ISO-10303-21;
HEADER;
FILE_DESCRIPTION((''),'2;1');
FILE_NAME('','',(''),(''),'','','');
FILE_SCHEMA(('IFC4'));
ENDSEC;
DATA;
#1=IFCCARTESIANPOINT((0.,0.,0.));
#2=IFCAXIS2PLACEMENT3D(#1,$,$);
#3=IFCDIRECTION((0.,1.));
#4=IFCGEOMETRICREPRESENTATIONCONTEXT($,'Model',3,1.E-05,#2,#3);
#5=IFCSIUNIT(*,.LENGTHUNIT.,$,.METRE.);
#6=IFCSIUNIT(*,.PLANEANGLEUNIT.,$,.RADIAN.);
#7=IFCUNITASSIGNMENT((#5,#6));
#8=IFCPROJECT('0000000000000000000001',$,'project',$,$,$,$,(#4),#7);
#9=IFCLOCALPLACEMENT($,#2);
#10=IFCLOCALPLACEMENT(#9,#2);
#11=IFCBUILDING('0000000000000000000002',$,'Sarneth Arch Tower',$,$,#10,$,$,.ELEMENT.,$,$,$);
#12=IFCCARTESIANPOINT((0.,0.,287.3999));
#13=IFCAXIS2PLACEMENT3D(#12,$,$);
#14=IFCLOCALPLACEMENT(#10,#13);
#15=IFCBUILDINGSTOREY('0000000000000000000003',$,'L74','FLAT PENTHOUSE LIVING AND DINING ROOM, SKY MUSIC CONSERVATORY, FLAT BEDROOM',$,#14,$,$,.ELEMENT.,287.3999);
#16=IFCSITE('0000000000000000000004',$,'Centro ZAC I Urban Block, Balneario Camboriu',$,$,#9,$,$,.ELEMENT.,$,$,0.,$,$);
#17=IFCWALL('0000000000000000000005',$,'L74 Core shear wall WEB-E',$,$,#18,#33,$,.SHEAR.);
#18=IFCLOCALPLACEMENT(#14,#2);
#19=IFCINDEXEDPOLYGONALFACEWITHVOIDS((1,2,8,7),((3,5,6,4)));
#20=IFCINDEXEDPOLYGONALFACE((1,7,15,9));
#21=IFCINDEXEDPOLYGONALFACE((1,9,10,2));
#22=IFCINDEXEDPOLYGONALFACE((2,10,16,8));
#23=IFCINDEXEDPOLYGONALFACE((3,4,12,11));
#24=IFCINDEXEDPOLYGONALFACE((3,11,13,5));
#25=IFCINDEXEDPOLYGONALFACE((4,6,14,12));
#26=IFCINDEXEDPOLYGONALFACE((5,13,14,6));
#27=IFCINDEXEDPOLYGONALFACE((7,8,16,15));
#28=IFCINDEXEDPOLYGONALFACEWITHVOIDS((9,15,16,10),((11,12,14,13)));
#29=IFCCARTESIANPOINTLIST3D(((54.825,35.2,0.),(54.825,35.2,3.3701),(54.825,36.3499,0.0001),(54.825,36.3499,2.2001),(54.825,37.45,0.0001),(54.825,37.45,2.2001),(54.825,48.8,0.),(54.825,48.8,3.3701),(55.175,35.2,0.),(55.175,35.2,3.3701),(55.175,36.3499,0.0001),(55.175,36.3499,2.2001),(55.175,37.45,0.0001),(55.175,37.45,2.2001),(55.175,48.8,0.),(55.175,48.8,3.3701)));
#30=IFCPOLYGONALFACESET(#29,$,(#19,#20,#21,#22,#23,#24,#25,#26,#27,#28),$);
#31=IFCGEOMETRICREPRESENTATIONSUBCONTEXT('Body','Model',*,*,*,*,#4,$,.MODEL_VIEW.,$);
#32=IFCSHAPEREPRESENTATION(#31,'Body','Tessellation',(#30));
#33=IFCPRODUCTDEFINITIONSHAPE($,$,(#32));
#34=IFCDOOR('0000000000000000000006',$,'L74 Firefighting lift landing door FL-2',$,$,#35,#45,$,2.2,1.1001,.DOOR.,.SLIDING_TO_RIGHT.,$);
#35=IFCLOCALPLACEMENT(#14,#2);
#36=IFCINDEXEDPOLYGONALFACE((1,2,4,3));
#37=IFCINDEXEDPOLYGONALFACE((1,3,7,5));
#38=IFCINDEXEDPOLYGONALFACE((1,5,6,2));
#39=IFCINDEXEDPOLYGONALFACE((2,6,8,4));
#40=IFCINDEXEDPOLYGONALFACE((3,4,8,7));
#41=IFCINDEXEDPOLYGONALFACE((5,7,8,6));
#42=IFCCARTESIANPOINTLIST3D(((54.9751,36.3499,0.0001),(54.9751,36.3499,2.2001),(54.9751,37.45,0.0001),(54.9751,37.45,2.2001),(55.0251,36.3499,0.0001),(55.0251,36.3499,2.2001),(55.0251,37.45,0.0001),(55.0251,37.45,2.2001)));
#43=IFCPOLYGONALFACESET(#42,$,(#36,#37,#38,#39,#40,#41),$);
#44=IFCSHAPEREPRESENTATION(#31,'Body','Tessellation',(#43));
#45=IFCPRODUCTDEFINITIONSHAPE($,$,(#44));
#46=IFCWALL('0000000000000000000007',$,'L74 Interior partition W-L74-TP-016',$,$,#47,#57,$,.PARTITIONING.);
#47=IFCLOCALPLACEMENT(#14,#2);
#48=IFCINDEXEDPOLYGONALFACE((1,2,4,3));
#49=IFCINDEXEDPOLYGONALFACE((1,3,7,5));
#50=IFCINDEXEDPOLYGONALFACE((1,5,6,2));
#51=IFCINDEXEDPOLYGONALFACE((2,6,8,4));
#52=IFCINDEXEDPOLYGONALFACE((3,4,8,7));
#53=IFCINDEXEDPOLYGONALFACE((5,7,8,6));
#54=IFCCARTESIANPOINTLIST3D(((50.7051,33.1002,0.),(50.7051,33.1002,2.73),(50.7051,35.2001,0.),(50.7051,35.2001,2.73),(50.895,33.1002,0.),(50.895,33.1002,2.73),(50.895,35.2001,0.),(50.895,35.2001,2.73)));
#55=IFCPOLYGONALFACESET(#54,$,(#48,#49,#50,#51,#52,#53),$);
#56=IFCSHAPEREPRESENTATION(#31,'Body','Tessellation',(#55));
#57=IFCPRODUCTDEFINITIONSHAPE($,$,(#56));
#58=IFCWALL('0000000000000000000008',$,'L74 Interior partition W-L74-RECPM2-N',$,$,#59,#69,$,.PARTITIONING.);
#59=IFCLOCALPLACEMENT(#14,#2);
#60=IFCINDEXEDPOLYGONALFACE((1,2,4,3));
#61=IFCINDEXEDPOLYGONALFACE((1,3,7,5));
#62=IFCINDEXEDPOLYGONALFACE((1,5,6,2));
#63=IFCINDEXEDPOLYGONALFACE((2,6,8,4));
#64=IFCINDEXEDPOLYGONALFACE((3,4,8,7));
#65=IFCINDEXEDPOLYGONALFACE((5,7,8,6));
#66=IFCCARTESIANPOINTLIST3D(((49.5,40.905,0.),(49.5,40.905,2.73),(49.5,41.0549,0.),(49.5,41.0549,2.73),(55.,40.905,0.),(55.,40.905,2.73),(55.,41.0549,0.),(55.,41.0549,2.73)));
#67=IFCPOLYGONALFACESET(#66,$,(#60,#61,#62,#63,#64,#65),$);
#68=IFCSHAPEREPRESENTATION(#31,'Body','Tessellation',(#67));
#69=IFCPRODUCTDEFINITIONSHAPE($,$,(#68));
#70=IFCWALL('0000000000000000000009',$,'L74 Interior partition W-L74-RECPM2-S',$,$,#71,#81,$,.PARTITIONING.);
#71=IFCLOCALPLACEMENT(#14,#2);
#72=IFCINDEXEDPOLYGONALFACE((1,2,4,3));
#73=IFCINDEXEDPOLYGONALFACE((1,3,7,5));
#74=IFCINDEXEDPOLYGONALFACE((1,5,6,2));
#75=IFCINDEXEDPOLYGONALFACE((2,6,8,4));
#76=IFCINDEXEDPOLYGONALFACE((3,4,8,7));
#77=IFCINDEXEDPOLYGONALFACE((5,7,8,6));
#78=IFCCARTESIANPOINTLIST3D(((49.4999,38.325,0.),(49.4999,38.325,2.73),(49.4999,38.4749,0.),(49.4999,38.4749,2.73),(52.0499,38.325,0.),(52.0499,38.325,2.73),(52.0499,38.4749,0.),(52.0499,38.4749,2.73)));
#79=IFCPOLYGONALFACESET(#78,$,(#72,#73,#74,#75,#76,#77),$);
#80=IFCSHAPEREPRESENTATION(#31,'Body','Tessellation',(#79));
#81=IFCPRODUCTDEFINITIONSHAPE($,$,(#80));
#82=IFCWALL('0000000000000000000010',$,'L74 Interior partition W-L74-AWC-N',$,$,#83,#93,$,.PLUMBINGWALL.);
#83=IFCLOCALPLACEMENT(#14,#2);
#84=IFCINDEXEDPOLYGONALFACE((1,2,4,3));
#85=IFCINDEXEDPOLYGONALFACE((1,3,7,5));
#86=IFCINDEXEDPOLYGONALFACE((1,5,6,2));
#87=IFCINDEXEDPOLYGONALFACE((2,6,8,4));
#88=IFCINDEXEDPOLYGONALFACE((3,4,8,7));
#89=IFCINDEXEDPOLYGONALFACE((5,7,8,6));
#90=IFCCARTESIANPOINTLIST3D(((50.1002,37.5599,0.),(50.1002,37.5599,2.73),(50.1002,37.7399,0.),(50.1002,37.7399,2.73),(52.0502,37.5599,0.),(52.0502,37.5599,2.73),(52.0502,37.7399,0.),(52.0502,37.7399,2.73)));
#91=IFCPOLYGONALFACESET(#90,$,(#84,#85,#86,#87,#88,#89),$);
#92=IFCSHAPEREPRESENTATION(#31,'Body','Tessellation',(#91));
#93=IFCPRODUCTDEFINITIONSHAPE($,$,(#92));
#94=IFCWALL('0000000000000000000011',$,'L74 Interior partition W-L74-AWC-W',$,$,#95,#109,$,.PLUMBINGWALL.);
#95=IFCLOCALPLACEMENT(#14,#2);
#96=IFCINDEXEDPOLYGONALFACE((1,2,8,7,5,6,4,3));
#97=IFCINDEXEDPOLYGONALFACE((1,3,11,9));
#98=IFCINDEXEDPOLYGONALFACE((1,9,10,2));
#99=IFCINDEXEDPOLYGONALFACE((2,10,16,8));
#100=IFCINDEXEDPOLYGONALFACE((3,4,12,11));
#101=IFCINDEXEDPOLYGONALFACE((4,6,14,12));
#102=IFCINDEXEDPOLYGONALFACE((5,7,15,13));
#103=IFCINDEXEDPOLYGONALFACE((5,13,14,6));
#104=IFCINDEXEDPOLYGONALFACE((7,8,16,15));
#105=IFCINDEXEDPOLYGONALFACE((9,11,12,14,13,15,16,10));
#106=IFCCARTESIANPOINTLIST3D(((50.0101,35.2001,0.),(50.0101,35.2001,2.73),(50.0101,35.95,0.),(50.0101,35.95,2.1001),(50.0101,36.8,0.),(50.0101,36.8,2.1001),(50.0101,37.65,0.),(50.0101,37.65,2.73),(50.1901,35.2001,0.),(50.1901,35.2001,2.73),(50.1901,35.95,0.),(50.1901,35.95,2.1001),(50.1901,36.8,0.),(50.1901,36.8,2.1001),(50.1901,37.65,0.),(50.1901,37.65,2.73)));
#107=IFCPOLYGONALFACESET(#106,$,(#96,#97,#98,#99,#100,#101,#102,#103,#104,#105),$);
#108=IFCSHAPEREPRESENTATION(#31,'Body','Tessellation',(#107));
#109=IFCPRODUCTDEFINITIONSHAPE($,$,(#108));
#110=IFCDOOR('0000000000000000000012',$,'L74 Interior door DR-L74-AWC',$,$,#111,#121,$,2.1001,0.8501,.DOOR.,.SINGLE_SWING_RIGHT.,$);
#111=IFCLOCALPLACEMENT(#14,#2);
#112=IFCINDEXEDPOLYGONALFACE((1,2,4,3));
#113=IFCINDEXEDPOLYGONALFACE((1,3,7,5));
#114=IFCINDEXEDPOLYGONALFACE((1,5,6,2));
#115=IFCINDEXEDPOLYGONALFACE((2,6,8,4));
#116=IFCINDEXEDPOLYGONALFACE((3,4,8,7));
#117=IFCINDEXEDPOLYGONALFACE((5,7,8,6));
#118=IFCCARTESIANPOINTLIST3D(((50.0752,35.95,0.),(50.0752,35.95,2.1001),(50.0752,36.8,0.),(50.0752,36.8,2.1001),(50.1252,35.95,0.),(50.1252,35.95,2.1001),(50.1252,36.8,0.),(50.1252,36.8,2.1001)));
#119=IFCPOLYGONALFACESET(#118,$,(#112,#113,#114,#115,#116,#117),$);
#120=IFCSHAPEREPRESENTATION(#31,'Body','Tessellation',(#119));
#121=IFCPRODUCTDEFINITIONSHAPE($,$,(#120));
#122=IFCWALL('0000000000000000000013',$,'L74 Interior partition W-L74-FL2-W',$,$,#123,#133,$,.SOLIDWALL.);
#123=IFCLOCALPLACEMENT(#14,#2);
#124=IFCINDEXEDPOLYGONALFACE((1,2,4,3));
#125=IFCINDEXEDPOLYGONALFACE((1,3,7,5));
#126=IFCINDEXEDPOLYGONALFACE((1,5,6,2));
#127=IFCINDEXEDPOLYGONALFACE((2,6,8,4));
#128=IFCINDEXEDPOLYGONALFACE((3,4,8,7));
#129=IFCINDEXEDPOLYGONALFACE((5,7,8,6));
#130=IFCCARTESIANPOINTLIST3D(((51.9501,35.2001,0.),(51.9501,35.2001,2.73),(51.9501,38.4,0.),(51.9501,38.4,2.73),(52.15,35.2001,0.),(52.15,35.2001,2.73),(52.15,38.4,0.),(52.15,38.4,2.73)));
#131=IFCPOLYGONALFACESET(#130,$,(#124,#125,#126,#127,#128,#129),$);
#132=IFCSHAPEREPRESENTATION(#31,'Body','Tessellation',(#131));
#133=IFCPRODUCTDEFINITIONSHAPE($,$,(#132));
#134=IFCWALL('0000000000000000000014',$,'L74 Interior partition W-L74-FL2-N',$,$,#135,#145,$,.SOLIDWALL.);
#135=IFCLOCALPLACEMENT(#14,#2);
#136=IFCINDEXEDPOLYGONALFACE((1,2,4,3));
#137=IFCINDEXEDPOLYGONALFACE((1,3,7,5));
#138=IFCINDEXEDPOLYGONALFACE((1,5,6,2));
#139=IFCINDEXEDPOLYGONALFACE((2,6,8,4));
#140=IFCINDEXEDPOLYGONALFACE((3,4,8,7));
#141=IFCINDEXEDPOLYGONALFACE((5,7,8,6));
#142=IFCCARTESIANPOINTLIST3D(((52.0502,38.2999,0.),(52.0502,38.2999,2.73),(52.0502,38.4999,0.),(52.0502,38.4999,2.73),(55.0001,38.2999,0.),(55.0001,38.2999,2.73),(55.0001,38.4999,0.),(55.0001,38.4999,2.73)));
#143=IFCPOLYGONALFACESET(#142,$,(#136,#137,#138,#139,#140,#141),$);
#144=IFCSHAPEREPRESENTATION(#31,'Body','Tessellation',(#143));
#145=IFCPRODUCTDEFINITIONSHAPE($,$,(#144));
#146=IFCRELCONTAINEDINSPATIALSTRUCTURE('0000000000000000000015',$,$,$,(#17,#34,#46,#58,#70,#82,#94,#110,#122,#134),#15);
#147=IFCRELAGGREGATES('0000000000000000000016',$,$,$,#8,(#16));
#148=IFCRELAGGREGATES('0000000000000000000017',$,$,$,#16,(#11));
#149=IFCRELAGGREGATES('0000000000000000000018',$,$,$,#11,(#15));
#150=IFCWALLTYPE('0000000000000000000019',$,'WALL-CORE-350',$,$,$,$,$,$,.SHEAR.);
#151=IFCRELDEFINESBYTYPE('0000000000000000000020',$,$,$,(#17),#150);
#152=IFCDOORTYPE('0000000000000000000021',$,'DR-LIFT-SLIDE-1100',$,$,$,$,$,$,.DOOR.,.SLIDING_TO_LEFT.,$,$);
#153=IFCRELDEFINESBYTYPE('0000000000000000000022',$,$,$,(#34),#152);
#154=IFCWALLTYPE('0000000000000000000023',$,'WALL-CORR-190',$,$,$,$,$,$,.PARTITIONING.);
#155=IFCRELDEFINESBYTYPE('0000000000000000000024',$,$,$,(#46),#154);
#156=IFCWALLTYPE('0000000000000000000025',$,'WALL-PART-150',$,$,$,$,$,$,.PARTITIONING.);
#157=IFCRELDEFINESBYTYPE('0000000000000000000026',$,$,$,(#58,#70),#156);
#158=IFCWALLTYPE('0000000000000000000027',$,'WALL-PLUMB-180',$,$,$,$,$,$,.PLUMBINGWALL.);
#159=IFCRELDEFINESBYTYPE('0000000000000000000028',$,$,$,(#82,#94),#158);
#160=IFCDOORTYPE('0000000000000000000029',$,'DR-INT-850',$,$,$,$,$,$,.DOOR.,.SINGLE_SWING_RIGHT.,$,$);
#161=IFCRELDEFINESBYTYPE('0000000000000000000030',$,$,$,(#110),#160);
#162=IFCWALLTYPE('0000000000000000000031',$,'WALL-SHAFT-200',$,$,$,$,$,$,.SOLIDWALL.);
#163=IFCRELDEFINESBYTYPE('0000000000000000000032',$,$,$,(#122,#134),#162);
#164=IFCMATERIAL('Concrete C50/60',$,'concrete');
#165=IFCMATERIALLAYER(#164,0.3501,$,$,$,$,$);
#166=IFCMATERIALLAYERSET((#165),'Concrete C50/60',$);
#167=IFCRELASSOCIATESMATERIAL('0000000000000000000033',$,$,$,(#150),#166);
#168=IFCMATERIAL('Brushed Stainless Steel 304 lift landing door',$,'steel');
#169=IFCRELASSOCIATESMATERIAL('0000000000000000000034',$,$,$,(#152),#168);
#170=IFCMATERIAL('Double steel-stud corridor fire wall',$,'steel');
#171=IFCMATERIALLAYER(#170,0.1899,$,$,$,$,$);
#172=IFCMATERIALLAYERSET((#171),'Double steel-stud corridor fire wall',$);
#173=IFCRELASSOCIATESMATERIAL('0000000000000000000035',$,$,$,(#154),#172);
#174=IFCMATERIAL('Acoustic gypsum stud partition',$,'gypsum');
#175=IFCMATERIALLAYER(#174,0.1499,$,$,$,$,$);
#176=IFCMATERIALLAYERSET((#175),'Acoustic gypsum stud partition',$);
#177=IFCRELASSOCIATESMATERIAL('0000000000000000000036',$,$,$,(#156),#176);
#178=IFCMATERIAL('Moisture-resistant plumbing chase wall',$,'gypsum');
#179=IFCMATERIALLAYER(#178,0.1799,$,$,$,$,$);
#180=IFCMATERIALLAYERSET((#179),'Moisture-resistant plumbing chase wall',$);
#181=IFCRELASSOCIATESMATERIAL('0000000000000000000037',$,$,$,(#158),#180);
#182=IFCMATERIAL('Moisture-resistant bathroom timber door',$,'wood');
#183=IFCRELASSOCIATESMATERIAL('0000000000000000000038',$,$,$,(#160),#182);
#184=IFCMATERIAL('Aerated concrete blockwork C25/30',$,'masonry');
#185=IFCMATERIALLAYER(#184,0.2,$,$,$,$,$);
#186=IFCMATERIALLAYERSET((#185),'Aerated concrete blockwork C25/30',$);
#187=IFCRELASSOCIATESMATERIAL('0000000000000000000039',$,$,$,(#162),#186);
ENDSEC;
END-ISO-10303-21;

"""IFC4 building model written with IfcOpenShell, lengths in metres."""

from ifc_helpers import new_model, si_unit, direction, frame, frame_2d, origin, place, context, subcontext, project, spatial, rectangle, extrude, material, layer, layer_set, type_object, element, fill, save


model = new_model("IFC4")

# Units and contexts
model_context = context("Model", 3, precision=1e-05, world=origin(), true_north=direction((0.0, 1.0)))
body_context = subcontext(model_context, "Body", "Model", "MODEL_VIEW")
ifc_project = project(units=[si_unit("LENGTHUNIT", "METRE"), si_unit("PLANEANGLEUNIT", "RADIAN")], contexts=[model_context])

# Site, building, storey
site_placement = place(None, origin())
site = spatial("IfcSite", under=ifc_project, at=site_placement, Name="Centro ZAC I Urban Block, Balneario Camboriu", CompositionType="ELEMENT", RefElevation=0.0)
building_placement = place(site_placement, origin())
building = spatial("IfcBuilding", under=site, at=building_placement, Name="Sarneth Arch Tower", CompositionType="ELEMENT")
storey_placement = place(building_placement, frame((0.0, 0.0, 287.3999)))
storey = spatial("IfcBuildingStorey", under=building, at=storey_placement, Name="L74", Description="FLAT PENTHOUSE LIVING AND DINING ROOM, SKY MUSIC CONSERVATORY, FLAT BEDROOM", CompositionType="ELEMENT", Elevation=287.3999)

# Shared definitions
ifc_material_1 = material(Name="Concrete C50/60", Category="concrete")
ifc_layer_1 = layer(ifc_material_1, 0.3501)
ifc_layer_set_1 = layer_set([ifc_layer_1], Name="Concrete C50/60")
wall_type_1 = type_object("IfcWallType", Name="WALL-CORE-350", PredefinedType="SHEAR", material=ifc_layer_set_1)

# Wall, opening, door
wall_1_placement = place(storey_placement, frame((55.0, 35.2, 0.0), z_axis=(0.0, 0.0, 1.0), x_axis=(0.0, 1.0, 0.0)))
wall_1 = element("IfcWall", 1, at=wall_1_placement, inside=storey, type_object=wall_type_1, Name="L74 Core shear wall WEB-E", PredefinedType="SHEAR", context=body_context, shape_type="SweptSolid", body=[
    extrude(rectangle(XDim=13.6001, YDim=0.3501, at=frame_2d((6.8, 0.0))), origin(), (0.0, 0.0, 1.0), 3.3701),
])
opening_1_placement = place(wall_1_placement, frame((1.1499, 0.0, 0.0)))
opening_1 = element("IfcOpeningElement", 2, at=opening_1_placement, cuts=wall_1, PredefinedType="OPENING", context=body_context, shape_type="SweptSolid", body=[
    extrude(rectangle(XDim=1.1001, YDim=2.2, at=frame_2d((0.55, 1.1001))), frame((0.0, 0.1851, 0.0), z_axis=(0.0, -1.0, 0.0), x_axis=(1.0, 0.0, 0.0)), (0.0, 0.0, 1.0), 0.3701),
])
ifc_material_2 = material(Name="Brushed Stainless Steel 304 lift landing door", Category="steel")
door_type_1 = type_object("IfcDoorType", Name="DR-LIFT-SLIDE-1100", OperationType="SLIDING_TO_LEFT", PredefinedType="DOOR", material=ifc_material_2)
door_1_placement = place(opening_1_placement, origin())
door_1 = element("IfcDoor", 3, at=door_1_placement, inside=storey, type_object=door_type_1, Name="L74 Firefighting lift landing door FL-2", OperationType="SLIDING_TO_RIGHT", OverallHeight=2.2, OverallWidth=1.1001, PredefinedType="DOOR", context=body_context, shape_type="SweptSolid", body=[
    extrude(rectangle(XDim=1.1001, YDim=2.2, at=frame_2d((0.55, 1.1001))), frame((0.0, 0.0249, 0.0), z_axis=(0.0, -1.0, 0.0), x_axis=(1.0, 0.0, 0.0)), (0.0, 0.0, 1.0), 0.05),
])
fill(opening_1, door_1)

# Walls
ifc_material_3 = material(Name="Double steel-stud corridor fire wall", Category="steel")
ifc_layer_2 = layer(ifc_material_3, 0.1899)
ifc_layer_set_2 = layer_set([ifc_layer_2], Name="Double steel-stud corridor fire wall")
wall_type_2 = type_object("IfcWallType", Name="WALL-CORR-190", PredefinedType="PARTITIONING", material=ifc_layer_set_2)
wall_2_placement = place(storey_placement, frame((50.8, 35.2, 0.0), z_axis=(0.0, 0.0, 1.0), x_axis=(0.0, -1.0, 0.0)))
element("IfcWall", 4, at=wall_2_placement, inside=storey, type_object=wall_type_2, Name="L74 Interior partition W-L74-TP-016", PredefinedType="PARTITIONING", context=body_context, shape_type="SweptSolid", body=[
    extrude(rectangle(XDim=2.0999, YDim=0.1899, at=frame_2d((1.0498, 0.0))), origin(), (0.0, 0.0, 1.0), 2.73),
])
ifc_material_4 = material(Name="Acoustic gypsum stud partition", Category="gypsum")
ifc_layer_3 = layer(ifc_material_4, 0.1499)
ifc_layer_set_3 = layer_set([ifc_layer_3], Name="Acoustic gypsum stud partition")
wall_type_3 = type_object("IfcWallType", Name="WALL-PART-150", PredefinedType="PARTITIONING", material=ifc_layer_set_3)
wall_3_placement = place(storey_placement, frame((49.5, 40.98, 0.0), z_axis=(0.0, 0.0, 1.0), x_axis=(1.0, 0.0, 0.0)))
element("IfcWall", 5, at=wall_3_placement, inside=storey, type_object=wall_type_3, Name="L74 Interior partition W-L74-RECPM2-N", PredefinedType="PARTITIONING", context=body_context, shape_type="SweptSolid", body=[
    extrude(rectangle(XDim=5.5, YDim=0.1499, at=frame_2d((2.75, 0.0))), origin(), (0.0, 0.0, 1.0), 2.73),
])
wall_4_placement = place(storey_placement, frame((49.5, 38.3999, 0.0), z_axis=(0.0, 0.0, 1.0), x_axis=(1.0, 0.0, 0.0)))
element("IfcWall", 6, at=wall_4_placement, inside=storey, type_object=wall_type_3, Name="L74 Interior partition W-L74-RECPM2-S", PredefinedType="PARTITIONING", context=body_context, shape_type="SweptSolid", body=[
    extrude(rectangle(XDim=2.55, YDim=0.1499, at=frame_2d((1.2749, 0.0))), origin(), (0.0, 0.0, 1.0), 2.73),
])

# Wall
ifc_material_5 = material(Name="Moisture-resistant plumbing chase wall", Category="gypsum")
ifc_layer_4 = layer(ifc_material_5, 0.1799)
ifc_layer_set_4 = layer_set([ifc_layer_4], Name="Moisture-resistant plumbing chase wall")
wall_type_4 = type_object("IfcWallType", Name="WALL-PLUMB-180", PredefinedType="PLUMBINGWALL", material=ifc_layer_set_4)
wall_5_placement = place(storey_placement, frame((50.1001, 37.6499, 0.0), z_axis=(0.0, 0.0, 1.0), x_axis=(1.0, 0.0, 0.0)))
element("IfcWall", 7, at=wall_5_placement, inside=storey, type_object=wall_type_4, Name="L74 Interior partition W-L74-AWC-N", PredefinedType="PLUMBINGWALL", context=body_context, shape_type="SweptSolid", body=[
    extrude(rectangle(XDim=1.95, YDim=0.1799, at=frame_2d((0.9751, 0.0))), origin(), (0.0, 0.0, 1.0), 2.73),
])

# Wall, opening, door
wall_6_placement = place(storey_placement, frame((50.1001, 35.2, 0.0), z_axis=(0.0, 0.0, 1.0), x_axis=(0.0, 1.0, 0.0)))
wall_6 = element("IfcWall", 8, at=wall_6_placement, inside=storey, type_object=wall_type_4, Name="L74 Interior partition W-L74-AWC-W", PredefinedType="PLUMBINGWALL", context=body_context, shape_type="SweptSolid", body=[
    extrude(rectangle(XDim=2.45, YDim=0.1799, at=frame_2d((1.2251, 0.0))), origin(), (0.0, 0.0, 1.0), 2.73),
])
opening_2_placement = place(wall_6_placement, frame((0.75, 0.0, 0.0)))
opening_2 = element("IfcOpeningElement", 9, at=opening_2_placement, cuts=wall_6, PredefinedType="OPENING", context=body_context, shape_type="SweptSolid", body=[
    extrude(rectangle(XDim=0.8501, YDim=2.1001, at=frame_2d((0.425, 1.05))), frame((0.0, 0.0999, 0.0), z_axis=(0.0, -1.0, 0.0), x_axis=(1.0, 0.0, 0.0)), (0.0, 0.0, 1.0), 0.2),
])
ifc_material_6 = material(Name="Moisture-resistant bathroom timber door", Category="wood")
door_type_2 = type_object("IfcDoorType", Name="DR-INT-850", OperationType="SINGLE_SWING_RIGHT", PredefinedType="DOOR", material=ifc_material_6)
door_2_placement = place(opening_2_placement, origin())
door_2 = element("IfcDoor", 10, at=door_2_placement, inside=storey, type_object=door_type_2, Name="L74 Interior door DR-L74-AWC", OperationType="SINGLE_SWING_RIGHT", OverallHeight=2.1001, OverallWidth=0.8501, PredefinedType="DOOR", context=body_context, shape_type="SweptSolid", body=[
    extrude(rectangle(XDim=0.8501, YDim=2.1001, at=frame_2d((0.425, 1.05))), frame((0.0, 0.0249, 0.0), z_axis=(0.0, -1.0, 0.0), x_axis=(1.0, 0.0, 0.0)), (0.0, 0.0, 1.0), 0.05),
])
fill(opening_2, door_2)
ifc_material_7 = material(Name="Aerated concrete blockwork C25/30", Category="masonry")
ifc_layer_5 = layer(ifc_material_7, 0.2)
ifc_layer_set_5 = layer_set([ifc_layer_5], Name="Aerated concrete blockwork C25/30")
wall_type_5 = type_object("IfcWallType", Name="WALL-SHAFT-200", PredefinedType="SOLIDWALL", material=ifc_layer_set_5)

# Walls
wall_7_placement = place(storey_placement, frame((52.05, 35.2, 0.0), z_axis=(0.0, 0.0, 1.0), x_axis=(0.0, 1.0, 0.0)))
element("IfcWall", 11, at=wall_7_placement, inside=storey, type_object=wall_type_5, Name="L74 Interior partition W-L74-FL2-W", PredefinedType="SOLIDWALL", context=body_context, shape_type="SweptSolid", body=[
    extrude(rectangle(XDim=3.2, YDim=0.2, at=frame_2d((1.6001, 0.0))), origin(), (0.0, 0.0, 1.0), 2.73),
])
wall_8_placement = place(storey_placement, frame((52.05, 38.3999, 0.0), z_axis=(0.0, 0.0, 1.0), x_axis=(1.0, 0.0, 0.0)))
element("IfcWall", 12, at=wall_8_placement, inside=storey, type_object=wall_type_5, Name="L74 Interior partition W-L74-FL2-N", PredefinedType="SOLIDWALL", context=body_context, shape_type="SweptSolid", body=[
    extrude(rectangle(XDim=2.95, YDim=0.2, at=frame_2d((1.4751, 0.0))), origin(), (0.0, 0.0, 1.0), 2.73),
])

save(model, "model.ifc")
